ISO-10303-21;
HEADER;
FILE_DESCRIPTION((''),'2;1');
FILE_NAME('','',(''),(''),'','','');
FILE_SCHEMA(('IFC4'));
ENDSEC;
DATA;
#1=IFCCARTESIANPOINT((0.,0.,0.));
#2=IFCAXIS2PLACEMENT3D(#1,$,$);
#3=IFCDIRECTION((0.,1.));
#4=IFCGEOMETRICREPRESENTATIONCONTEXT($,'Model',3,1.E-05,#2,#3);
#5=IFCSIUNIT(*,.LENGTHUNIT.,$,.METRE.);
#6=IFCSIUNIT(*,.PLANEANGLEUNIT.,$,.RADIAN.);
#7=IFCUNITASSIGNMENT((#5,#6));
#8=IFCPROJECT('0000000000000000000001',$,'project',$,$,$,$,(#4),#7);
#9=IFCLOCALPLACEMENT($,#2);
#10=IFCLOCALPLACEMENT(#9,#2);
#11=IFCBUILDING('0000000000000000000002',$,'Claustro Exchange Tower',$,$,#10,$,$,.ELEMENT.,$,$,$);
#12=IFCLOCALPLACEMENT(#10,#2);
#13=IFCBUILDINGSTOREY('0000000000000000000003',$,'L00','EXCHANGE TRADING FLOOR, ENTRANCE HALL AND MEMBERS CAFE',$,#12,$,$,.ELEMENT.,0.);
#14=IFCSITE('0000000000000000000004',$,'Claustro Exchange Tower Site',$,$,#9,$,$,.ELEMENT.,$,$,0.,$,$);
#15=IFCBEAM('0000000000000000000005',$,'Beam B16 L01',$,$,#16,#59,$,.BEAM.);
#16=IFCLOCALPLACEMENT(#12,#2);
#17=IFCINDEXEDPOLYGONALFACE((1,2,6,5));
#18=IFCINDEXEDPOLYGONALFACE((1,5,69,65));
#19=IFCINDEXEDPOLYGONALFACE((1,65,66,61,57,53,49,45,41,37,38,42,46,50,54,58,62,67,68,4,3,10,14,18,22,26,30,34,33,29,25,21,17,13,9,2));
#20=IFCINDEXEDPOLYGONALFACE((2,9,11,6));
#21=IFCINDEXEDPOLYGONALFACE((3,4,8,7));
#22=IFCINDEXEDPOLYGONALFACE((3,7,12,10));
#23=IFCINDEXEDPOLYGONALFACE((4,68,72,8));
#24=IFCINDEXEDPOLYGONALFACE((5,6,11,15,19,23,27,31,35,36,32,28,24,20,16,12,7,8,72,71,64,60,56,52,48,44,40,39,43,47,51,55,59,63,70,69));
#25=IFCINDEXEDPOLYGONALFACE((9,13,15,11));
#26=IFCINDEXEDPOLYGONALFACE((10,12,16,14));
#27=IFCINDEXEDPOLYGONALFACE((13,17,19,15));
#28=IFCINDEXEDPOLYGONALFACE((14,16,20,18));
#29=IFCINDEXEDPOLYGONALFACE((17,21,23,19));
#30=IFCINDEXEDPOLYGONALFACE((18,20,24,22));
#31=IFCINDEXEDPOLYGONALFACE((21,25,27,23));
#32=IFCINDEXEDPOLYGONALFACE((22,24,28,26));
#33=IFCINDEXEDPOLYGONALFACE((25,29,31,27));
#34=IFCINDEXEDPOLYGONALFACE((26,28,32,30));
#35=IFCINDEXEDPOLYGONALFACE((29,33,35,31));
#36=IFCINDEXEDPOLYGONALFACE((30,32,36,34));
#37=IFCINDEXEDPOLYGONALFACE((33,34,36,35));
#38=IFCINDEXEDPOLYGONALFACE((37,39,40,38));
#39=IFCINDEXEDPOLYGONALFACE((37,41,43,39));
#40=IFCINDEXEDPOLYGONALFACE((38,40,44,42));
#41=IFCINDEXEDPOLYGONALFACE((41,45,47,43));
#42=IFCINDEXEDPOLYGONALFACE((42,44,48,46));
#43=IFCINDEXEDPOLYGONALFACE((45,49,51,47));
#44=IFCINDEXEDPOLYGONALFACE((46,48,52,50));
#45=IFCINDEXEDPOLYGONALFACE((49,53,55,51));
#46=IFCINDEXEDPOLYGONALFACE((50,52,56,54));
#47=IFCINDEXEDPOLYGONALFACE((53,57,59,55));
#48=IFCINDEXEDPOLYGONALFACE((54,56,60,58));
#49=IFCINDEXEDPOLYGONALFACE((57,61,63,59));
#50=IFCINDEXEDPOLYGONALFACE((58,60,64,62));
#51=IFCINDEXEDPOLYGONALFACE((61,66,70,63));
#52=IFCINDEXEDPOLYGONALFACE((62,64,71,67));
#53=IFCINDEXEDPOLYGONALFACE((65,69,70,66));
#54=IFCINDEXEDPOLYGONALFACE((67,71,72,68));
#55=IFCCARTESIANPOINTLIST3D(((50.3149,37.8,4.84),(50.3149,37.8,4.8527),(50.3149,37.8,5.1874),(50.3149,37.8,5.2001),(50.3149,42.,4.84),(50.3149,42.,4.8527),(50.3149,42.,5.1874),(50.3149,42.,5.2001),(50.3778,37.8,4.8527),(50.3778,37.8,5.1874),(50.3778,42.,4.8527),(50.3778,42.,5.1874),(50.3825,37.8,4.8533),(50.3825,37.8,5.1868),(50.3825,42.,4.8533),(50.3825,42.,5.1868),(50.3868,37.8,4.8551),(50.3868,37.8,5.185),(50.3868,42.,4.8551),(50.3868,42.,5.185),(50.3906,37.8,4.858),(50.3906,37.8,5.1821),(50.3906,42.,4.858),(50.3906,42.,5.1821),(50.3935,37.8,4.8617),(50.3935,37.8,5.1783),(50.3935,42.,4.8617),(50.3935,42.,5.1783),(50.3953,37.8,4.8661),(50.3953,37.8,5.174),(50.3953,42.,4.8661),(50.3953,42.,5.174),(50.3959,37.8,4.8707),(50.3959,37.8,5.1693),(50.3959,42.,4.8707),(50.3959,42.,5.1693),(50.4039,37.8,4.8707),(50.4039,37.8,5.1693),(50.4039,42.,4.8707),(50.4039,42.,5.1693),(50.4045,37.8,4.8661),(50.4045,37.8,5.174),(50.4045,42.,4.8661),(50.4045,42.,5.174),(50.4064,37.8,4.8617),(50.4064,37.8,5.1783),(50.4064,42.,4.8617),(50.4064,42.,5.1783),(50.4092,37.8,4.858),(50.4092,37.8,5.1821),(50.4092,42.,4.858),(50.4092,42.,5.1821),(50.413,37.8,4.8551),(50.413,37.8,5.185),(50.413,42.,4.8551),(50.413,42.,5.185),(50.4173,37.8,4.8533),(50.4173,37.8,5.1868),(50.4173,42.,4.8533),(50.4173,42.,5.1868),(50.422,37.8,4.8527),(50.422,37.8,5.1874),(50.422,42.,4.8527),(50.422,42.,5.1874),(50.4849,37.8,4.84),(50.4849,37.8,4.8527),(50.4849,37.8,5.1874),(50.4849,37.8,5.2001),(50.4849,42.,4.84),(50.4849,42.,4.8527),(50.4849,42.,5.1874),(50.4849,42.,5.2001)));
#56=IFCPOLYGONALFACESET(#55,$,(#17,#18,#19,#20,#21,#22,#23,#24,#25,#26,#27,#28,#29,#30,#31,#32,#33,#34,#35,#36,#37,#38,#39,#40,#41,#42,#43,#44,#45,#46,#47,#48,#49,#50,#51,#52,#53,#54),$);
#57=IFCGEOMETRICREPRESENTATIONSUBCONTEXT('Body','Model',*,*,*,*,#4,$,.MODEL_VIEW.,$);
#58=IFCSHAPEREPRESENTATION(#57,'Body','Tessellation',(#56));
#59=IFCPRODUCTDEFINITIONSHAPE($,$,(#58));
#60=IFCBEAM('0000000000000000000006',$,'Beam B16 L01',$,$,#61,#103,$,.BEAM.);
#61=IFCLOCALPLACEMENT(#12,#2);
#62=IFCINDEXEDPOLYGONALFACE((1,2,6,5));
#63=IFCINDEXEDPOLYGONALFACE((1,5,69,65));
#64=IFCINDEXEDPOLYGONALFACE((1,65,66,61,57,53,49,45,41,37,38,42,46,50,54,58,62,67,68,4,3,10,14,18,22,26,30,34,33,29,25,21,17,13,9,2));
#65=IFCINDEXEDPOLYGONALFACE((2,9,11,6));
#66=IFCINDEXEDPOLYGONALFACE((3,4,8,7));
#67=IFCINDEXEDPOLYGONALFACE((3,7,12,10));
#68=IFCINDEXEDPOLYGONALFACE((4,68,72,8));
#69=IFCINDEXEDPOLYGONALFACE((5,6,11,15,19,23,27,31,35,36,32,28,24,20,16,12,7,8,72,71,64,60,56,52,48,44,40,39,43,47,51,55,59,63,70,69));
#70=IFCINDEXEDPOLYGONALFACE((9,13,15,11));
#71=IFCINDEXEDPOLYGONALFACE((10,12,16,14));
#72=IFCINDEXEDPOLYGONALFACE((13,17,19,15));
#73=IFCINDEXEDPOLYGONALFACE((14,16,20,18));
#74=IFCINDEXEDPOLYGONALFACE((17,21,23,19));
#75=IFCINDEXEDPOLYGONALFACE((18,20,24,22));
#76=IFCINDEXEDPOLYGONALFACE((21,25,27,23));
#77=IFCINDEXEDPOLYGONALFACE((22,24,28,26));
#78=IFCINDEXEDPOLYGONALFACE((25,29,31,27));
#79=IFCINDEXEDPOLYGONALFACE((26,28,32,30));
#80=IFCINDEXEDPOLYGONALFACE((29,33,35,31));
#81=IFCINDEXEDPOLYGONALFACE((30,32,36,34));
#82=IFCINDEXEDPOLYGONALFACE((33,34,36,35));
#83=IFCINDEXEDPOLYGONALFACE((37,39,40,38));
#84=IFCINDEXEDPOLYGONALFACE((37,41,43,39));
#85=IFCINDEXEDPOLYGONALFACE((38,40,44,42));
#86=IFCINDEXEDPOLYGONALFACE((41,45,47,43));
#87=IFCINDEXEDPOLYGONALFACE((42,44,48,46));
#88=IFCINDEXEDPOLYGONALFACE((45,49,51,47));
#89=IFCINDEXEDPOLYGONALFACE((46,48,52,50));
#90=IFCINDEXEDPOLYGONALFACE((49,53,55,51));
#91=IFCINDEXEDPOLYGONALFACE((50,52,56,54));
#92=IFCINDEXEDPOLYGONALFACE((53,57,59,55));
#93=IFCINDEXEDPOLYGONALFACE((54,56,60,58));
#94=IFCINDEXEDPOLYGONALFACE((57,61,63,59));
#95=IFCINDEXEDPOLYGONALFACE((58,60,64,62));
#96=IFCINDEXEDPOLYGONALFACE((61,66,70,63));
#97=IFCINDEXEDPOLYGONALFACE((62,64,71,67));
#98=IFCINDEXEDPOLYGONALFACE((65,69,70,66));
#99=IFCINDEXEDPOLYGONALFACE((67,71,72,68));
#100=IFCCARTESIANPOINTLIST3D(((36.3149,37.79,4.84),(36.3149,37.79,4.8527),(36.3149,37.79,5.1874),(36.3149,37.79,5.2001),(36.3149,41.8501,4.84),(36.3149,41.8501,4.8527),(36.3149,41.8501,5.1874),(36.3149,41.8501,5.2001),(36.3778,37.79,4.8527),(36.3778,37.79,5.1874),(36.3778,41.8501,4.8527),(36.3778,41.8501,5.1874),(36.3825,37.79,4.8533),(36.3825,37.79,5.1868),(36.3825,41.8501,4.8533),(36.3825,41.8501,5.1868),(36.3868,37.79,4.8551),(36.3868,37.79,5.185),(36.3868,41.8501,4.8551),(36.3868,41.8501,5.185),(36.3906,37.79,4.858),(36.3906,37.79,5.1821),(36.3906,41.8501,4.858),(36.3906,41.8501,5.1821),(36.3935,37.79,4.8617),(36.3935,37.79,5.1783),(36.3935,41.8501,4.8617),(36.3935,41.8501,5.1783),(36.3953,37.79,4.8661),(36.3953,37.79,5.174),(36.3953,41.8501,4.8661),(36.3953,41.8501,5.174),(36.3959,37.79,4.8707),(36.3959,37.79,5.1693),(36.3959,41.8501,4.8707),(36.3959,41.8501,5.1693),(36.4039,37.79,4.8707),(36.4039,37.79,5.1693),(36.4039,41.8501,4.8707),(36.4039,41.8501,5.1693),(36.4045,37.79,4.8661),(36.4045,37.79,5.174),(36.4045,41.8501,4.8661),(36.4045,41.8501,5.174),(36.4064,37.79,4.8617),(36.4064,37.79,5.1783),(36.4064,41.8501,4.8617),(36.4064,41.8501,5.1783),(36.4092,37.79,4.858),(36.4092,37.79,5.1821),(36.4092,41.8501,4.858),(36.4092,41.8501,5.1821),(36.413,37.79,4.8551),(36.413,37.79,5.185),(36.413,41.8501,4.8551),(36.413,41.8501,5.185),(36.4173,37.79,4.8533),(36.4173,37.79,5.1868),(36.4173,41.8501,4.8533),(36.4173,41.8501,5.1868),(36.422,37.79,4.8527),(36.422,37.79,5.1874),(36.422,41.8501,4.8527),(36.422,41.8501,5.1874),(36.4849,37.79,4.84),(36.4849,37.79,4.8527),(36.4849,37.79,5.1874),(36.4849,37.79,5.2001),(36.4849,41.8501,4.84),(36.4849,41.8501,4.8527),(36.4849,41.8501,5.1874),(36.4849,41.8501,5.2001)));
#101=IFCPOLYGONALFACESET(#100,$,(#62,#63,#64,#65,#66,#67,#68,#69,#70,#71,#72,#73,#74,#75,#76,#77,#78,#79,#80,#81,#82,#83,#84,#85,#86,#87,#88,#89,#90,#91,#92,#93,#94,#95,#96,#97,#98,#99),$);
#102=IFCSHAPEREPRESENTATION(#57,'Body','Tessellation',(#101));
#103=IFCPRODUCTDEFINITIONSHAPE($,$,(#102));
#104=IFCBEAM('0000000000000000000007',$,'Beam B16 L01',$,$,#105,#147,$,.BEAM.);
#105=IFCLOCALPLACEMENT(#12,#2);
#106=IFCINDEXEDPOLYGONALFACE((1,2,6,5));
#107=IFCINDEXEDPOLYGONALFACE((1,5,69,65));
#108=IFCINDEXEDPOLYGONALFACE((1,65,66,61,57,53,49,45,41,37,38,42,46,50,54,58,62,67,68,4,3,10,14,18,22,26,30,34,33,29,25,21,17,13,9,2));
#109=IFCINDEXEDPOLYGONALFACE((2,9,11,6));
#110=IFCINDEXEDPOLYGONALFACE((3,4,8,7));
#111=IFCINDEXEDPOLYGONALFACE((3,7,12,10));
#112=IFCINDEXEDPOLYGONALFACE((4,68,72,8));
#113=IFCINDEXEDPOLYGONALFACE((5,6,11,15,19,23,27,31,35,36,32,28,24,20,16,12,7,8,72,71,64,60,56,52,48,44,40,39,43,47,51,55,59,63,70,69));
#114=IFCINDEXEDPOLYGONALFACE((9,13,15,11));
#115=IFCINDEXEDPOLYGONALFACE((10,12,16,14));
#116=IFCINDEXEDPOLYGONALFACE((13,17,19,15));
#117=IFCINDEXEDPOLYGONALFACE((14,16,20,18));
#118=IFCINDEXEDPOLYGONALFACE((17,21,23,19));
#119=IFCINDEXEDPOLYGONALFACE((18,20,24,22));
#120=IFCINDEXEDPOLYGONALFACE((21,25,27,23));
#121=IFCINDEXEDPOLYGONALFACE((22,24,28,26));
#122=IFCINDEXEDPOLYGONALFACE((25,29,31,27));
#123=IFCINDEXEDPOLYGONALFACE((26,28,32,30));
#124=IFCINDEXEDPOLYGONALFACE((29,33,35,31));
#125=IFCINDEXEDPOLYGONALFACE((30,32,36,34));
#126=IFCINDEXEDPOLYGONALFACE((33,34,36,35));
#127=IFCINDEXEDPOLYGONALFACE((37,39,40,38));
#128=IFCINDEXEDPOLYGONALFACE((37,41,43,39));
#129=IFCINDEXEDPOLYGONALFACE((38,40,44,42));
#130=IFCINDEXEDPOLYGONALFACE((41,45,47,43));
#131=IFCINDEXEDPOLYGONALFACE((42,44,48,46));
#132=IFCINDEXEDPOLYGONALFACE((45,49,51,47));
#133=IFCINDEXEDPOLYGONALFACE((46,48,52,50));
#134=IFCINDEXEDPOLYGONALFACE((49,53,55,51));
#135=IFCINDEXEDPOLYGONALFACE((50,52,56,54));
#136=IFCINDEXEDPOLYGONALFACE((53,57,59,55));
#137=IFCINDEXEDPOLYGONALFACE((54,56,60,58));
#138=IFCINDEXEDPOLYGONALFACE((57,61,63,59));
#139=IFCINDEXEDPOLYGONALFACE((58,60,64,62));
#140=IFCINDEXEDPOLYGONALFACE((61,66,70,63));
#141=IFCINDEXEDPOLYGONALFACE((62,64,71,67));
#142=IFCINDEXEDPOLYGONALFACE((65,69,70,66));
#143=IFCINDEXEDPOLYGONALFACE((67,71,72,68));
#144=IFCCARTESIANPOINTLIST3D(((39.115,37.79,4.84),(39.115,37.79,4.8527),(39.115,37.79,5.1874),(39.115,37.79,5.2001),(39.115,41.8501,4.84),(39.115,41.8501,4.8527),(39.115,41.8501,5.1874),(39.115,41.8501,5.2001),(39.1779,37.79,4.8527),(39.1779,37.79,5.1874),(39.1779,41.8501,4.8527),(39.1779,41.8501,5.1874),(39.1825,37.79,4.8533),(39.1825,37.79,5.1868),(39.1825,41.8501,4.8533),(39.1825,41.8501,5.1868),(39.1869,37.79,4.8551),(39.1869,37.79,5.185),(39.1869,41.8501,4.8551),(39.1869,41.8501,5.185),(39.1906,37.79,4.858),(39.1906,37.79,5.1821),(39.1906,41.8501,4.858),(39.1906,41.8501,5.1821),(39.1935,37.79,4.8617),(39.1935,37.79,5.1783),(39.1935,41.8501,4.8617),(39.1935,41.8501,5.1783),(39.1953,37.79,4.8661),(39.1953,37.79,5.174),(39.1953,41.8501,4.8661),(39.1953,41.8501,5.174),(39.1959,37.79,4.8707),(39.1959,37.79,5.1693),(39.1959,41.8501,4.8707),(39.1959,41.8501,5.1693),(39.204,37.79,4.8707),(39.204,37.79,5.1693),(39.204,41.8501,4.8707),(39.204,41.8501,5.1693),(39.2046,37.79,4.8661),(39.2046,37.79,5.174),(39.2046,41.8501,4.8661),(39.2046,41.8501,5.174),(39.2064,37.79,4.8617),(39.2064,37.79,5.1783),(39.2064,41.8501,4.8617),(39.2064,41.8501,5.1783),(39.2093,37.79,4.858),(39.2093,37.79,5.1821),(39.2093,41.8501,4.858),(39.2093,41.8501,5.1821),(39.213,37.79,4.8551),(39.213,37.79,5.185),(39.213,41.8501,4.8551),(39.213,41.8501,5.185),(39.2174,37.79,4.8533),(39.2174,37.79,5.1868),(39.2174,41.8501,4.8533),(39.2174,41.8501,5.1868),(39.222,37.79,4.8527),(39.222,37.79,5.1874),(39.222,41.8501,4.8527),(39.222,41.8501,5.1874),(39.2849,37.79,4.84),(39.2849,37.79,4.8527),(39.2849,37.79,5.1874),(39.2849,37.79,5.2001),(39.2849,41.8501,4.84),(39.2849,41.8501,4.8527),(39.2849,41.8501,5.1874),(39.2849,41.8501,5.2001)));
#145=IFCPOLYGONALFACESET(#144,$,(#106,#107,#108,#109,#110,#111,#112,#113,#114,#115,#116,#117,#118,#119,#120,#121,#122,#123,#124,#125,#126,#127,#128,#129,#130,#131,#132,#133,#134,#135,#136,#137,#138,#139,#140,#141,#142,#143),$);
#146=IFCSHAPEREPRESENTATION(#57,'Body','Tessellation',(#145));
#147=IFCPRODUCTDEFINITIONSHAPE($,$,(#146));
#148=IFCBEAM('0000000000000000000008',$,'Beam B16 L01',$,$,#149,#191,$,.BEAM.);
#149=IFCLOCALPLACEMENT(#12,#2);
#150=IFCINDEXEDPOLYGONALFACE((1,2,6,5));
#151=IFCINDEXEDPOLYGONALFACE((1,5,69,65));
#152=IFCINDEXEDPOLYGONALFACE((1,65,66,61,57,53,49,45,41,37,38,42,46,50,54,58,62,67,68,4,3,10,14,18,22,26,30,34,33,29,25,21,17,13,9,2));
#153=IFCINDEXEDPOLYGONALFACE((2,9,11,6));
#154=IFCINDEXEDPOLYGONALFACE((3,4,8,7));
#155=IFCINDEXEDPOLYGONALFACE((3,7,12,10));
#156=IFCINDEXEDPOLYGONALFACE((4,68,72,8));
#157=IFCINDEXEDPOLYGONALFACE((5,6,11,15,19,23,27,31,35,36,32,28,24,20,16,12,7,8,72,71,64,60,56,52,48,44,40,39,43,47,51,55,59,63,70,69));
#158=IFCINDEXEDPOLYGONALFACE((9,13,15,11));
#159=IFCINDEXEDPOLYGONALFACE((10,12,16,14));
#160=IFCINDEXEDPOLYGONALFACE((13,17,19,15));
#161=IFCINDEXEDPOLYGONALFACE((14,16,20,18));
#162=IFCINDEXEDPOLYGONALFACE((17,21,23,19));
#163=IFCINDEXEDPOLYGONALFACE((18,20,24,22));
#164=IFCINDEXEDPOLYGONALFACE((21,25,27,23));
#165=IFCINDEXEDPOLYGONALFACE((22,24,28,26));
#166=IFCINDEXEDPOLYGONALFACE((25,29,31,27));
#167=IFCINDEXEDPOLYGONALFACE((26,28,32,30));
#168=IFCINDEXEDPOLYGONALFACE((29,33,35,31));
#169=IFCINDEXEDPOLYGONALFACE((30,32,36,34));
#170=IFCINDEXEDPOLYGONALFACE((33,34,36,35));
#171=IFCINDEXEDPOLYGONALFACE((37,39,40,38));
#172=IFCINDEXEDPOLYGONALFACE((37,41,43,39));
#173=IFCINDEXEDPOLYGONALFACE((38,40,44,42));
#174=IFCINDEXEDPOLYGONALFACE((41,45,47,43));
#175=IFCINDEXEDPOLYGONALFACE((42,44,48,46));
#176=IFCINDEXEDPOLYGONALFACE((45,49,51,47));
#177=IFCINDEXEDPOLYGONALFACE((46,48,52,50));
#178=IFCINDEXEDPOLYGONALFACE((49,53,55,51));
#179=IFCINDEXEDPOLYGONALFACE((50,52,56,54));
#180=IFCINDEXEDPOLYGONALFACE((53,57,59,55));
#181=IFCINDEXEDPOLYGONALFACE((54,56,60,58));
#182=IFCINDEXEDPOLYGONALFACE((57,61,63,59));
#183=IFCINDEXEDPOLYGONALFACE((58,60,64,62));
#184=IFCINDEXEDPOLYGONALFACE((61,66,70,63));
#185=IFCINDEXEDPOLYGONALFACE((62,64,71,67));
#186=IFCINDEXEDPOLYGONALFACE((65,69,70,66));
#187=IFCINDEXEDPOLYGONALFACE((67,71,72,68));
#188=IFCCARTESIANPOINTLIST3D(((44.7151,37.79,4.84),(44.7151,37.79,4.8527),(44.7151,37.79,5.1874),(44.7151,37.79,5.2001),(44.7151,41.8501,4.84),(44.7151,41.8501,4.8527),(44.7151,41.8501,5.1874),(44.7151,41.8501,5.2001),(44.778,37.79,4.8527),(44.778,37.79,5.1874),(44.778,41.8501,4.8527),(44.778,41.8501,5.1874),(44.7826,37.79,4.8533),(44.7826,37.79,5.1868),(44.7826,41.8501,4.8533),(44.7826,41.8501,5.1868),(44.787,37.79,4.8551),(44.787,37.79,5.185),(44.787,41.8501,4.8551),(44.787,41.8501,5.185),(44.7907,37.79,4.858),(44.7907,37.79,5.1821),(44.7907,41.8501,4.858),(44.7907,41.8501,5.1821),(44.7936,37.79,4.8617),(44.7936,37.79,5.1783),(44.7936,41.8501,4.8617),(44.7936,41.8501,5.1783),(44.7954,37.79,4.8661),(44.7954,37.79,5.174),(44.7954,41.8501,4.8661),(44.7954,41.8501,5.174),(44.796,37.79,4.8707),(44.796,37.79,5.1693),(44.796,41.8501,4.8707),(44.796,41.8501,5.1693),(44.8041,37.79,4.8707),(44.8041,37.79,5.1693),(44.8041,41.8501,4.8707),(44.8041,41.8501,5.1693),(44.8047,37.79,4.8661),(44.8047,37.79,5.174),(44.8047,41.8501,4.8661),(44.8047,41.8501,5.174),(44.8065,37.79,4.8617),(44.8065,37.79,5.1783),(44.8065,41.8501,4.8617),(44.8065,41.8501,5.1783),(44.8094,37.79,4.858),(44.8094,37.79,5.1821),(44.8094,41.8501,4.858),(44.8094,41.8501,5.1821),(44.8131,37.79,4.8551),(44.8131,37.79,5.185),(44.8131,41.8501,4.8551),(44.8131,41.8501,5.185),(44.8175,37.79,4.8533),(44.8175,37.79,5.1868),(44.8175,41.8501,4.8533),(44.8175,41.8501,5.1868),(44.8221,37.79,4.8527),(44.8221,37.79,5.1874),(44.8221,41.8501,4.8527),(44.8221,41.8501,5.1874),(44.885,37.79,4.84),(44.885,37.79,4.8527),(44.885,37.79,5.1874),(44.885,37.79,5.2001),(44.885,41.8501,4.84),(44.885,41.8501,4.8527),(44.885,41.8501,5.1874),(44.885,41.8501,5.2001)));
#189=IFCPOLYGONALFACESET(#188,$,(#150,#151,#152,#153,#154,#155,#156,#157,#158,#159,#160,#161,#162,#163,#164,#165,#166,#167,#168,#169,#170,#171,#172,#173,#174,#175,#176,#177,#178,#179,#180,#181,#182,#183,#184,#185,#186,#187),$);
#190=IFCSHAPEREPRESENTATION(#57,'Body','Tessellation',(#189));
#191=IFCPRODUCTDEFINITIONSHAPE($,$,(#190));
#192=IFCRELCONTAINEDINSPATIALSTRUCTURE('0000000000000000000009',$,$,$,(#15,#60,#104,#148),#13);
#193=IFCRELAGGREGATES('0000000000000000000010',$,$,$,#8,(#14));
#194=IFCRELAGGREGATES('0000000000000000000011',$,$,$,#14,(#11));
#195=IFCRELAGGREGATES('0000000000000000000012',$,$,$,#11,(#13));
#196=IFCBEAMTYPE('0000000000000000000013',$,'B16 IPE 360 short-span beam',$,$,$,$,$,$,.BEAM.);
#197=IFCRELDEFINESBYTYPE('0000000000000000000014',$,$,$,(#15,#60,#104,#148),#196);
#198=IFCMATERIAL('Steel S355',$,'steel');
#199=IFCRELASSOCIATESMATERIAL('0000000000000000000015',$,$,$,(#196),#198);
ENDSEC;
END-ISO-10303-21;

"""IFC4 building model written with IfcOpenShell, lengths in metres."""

from ifc_helpers import new_model, si_unit, direction, frame, origin, origin_2d, place, context, subcontext, project, spatial, i_section, extrude, material, material_profile, profile_set, type_object, element, save


model = new_model("IFC4")

# Units and contexts
model_context = context("Model", 3, precision=1e-05, world=origin(), true_north=direction((0.0, 1.0)))
body_context = subcontext(model_context, "Body", "Model", "MODEL_VIEW")
ifc_project = project(units=[si_unit("LENGTHUNIT", "METRE"), si_unit("PLANEANGLEUNIT", "RADIAN")], contexts=[model_context])

# Site, building, storey
site_placement = place(None, origin())
site = spatial("IfcSite", under=ifc_project, at=site_placement, Name="Claustro Exchange Tower Site", CompositionType="ELEMENT", RefElevation=0.0)
building_placement = place(site_placement, origin())
building = spatial("IfcBuilding", under=site, at=building_placement, Name="Claustro Exchange Tower", CompositionType="ELEMENT")
storey_placement = place(building_placement, origin())
storey = spatial("IfcBuildingStorey", under=building, at=storey_placement, Name="L00", Description="EXCHANGE TRADING FLOOR, ENTRANCE HALL AND MEMBERS CAFE", CompositionType="ELEMENT", Elevation=0.0)

# Beams
ifc_material_1 = material(Name="Steel S355", Category="steel")
ifc_material_profile_1 = material_profile(ifc_material_1, i_section(OverallWidth=0.1699, OverallDepth=0.3601, WebThickness=0.0081, FlangeThickness=0.0127, FilletRadius=0.0181, at=origin_2d()), Name="IPE 360")
ifc_profile_set_1 = profile_set([ifc_material_profile_1], Name="Steel S355")
beam_type_1 = type_object("IfcBeamType", Name="B16 IPE 360 short-span beam", PredefinedType="BEAM", material=ifc_profile_set_1)
beam_1_placement = place(storey_placement, frame((50.3999, 37.8, 5.02), z_axis=(0.0, 1.0, 0.0), x_axis=(-1.0, 0.0, 0.0)))
element("IfcBeam", 1, at=beam_1_placement, inside=storey, type_object=beam_type_1, Name="Beam B16 L01", PredefinedType="BEAM", context=body_context, shape_type="SweptSolid", body=[
    extrude(i_section(OverallWidth=0.1699, OverallDepth=0.3601, WebThickness=0.0081, FlangeThickness=0.0127, FilletRadius=0.0181, at=origin_2d()), origin(), (0.0, 0.0, 1.0), 4.2),
])
for number, where, z_axis, x_axis, name in (
    (2, (36.3999, 37.79, 5.02), (0.0, 1.0, 0.0), (-1.0, 0.0, 0.0), "Beam B16 L01"),
    (3, (39.2, 37.79, 5.02), (0.0, 1.0, 0.0), (-1.0, 0.0, 0.0), "Beam B16 L01"),
    (4, (44.8, 37.79, 5.02), (0.0, 1.0, 0.0), (-1.0, 0.0, 0.0), "Beam B16 L01"),
):
    element("IfcBeam", number, at=place(storey_placement, frame(where, z_axis=z_axis, x_axis=x_axis)), inside=storey, type_object=beam_type_1, Name=name, PredefinedType="BEAM", context=body_context, shape_type="SweptSolid", body=[
        extrude(i_section(OverallWidth=0.1699, OverallDepth=0.3601, WebThickness=0.0081, FlangeThickness=0.0127, FilletRadius=0.0181, at=origin_2d()), origin(), (0.0, 0.0, 1.0), 4.0601),
    ])

save(model, "model.ifc")
